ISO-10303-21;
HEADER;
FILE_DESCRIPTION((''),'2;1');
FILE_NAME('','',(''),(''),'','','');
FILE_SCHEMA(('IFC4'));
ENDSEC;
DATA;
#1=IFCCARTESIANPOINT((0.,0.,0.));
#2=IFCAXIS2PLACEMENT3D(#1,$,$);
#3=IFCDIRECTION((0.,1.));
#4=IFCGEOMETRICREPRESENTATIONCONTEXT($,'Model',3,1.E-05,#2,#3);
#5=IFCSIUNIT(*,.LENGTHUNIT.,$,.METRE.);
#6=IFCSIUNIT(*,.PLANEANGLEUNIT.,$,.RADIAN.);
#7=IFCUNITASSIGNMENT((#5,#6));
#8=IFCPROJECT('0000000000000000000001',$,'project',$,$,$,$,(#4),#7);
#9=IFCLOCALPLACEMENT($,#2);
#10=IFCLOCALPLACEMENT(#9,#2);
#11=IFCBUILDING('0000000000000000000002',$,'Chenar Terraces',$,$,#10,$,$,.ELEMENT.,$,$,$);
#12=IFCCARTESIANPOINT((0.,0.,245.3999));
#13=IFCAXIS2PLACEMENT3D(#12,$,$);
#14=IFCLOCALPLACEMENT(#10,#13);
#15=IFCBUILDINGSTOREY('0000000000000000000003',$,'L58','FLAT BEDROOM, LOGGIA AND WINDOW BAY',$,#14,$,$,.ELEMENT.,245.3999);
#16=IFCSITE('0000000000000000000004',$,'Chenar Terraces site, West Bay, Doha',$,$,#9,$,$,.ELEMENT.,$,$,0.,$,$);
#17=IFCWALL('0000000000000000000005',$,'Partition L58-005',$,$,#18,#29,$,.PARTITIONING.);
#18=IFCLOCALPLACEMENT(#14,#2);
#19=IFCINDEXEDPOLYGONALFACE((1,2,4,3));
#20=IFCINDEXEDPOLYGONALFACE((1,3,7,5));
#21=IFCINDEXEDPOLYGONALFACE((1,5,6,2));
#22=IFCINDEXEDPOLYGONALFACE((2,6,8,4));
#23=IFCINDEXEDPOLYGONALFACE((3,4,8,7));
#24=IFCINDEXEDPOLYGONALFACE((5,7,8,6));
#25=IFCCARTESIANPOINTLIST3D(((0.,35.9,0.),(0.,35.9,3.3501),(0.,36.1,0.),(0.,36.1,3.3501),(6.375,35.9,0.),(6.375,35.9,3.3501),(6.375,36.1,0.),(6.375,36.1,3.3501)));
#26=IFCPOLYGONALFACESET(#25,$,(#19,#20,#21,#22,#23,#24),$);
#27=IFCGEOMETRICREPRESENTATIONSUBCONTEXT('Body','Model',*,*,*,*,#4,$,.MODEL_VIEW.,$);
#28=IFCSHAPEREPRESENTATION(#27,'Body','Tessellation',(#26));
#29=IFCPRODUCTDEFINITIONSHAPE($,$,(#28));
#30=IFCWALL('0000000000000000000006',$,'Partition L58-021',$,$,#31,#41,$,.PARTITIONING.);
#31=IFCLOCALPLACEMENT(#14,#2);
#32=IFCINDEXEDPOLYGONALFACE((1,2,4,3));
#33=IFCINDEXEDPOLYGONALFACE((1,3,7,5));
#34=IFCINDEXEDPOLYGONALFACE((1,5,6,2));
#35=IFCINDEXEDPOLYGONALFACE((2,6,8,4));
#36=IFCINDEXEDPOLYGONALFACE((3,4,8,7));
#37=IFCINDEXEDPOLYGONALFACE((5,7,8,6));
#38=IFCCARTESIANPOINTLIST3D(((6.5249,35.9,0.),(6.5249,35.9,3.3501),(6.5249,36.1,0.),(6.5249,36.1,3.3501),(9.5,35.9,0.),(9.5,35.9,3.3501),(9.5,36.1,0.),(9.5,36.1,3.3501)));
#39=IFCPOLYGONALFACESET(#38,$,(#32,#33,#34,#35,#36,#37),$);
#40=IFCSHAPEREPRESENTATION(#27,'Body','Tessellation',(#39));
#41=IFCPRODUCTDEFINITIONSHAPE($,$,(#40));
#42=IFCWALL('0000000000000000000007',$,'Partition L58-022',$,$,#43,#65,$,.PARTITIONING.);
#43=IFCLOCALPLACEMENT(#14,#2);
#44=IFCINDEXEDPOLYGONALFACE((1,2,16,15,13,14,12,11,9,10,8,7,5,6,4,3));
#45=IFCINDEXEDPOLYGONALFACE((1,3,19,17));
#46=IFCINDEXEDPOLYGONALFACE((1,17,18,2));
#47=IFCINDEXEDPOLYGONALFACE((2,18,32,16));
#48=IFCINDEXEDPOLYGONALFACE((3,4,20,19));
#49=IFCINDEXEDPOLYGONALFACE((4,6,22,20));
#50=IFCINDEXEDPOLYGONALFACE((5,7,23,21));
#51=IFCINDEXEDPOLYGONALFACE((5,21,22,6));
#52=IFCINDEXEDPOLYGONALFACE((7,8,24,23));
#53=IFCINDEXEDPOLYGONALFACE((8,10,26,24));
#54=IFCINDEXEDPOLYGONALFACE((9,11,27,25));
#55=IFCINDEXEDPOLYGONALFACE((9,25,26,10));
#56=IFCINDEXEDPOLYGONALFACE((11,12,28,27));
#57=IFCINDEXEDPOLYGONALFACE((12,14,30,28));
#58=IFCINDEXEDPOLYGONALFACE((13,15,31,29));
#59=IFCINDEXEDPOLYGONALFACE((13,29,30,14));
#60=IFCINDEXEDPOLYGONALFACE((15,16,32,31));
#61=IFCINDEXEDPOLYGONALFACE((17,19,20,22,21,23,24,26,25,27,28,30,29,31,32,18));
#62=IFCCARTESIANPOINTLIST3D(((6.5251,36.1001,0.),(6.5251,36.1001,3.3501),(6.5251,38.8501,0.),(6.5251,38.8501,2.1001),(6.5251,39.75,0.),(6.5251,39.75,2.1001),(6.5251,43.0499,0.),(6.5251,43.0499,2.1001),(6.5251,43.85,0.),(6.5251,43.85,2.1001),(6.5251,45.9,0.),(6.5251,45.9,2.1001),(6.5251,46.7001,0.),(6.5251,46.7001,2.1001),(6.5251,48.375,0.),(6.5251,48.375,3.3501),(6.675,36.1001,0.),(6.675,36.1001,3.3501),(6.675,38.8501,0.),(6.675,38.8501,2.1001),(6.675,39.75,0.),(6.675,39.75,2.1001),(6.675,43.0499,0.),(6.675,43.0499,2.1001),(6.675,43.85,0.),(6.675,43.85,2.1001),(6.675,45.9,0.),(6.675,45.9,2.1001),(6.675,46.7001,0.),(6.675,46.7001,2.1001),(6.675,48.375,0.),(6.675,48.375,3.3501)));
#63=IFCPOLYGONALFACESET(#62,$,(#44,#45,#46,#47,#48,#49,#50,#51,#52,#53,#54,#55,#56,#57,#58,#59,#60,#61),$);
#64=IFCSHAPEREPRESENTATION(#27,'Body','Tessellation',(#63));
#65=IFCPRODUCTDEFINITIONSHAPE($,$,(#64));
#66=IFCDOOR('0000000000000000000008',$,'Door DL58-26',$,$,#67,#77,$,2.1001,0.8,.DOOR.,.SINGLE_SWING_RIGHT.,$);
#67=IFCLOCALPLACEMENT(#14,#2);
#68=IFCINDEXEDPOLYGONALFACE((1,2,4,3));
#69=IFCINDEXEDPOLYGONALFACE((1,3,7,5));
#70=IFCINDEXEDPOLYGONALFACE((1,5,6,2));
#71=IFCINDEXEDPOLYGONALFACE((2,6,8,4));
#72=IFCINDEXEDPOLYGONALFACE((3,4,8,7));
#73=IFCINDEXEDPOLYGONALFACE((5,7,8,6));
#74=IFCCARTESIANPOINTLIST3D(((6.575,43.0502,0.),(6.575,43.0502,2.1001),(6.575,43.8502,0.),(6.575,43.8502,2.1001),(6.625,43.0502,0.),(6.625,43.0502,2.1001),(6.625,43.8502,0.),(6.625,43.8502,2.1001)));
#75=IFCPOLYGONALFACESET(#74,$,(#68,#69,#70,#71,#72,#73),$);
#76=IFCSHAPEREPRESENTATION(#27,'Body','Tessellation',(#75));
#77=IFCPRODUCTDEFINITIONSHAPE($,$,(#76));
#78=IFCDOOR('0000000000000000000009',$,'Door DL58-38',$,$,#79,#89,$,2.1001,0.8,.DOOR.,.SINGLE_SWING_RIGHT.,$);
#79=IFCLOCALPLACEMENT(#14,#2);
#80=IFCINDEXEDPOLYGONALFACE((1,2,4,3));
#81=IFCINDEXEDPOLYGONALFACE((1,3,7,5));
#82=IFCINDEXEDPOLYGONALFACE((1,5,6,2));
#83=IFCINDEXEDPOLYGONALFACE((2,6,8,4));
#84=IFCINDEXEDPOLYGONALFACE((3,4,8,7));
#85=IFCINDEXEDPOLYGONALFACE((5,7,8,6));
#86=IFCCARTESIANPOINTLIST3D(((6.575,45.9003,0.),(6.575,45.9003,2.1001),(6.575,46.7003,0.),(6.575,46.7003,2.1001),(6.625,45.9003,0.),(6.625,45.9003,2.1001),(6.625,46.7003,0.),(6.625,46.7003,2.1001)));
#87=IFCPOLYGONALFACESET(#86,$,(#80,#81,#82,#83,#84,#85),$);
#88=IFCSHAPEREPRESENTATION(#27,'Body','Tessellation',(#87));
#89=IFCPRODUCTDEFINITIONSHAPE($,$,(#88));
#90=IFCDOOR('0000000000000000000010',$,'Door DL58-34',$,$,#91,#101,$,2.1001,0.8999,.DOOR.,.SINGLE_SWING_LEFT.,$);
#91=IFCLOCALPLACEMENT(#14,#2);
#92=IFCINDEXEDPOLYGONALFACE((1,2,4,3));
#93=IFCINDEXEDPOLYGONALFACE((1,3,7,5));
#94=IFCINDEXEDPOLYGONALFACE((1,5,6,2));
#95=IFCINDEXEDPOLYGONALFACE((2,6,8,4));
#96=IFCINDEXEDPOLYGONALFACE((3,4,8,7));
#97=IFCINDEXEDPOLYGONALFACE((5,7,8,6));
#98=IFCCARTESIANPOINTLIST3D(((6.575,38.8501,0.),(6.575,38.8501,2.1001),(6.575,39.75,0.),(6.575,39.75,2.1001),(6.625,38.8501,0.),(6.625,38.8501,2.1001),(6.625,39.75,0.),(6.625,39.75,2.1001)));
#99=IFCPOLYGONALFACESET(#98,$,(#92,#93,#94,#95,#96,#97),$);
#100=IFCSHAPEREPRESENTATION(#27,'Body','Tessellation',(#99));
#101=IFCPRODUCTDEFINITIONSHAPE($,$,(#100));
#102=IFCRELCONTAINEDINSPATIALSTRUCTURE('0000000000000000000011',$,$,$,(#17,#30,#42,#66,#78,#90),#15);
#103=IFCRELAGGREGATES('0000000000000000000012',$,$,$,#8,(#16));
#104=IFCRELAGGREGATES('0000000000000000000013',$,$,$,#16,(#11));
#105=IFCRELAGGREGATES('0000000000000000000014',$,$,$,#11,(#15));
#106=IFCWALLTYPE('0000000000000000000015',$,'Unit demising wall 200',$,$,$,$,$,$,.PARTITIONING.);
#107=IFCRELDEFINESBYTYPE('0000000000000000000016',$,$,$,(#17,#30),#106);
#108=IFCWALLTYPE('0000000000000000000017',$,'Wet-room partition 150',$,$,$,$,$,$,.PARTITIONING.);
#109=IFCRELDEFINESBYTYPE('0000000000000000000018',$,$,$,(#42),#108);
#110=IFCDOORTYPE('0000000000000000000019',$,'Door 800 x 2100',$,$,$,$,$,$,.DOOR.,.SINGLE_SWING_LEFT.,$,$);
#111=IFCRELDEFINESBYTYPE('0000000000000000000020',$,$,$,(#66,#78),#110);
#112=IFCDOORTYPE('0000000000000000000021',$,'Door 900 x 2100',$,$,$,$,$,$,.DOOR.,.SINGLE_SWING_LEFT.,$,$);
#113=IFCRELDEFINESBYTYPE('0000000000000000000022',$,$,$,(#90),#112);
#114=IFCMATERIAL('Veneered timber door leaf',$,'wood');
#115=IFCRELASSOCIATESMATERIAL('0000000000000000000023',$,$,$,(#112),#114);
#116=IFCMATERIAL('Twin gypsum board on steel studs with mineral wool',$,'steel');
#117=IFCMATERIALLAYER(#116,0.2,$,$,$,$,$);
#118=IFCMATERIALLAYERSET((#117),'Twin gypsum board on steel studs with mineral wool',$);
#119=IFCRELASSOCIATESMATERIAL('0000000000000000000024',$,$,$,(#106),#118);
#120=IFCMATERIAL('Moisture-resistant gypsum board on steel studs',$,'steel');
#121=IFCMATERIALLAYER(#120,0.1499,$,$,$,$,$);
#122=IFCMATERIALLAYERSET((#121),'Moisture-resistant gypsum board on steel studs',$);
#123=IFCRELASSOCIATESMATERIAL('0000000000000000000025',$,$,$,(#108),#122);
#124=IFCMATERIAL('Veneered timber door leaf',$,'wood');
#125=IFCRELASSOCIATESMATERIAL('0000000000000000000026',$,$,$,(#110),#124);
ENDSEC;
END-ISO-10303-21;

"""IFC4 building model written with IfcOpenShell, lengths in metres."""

from ifc_helpers import new_model, si_unit, direction, frame, frame_2d, origin, place, context, subcontext, project, spatial, rectangle, extrude, material, layer, layer_set, type_object, element, fill, save


model = new_model("IFC4")

# Units and contexts
model_context = context("Model", 3, precision=1e-05, world=origin(), true_north=direction((0.0, 1.0)))
body_context = subcontext(model_context, "Body", "Model", "MODEL_VIEW")
ifc_project = project(units=[si_unit("LENGTHUNIT", "METRE"), si_unit("PLANEANGLEUNIT", "RADIAN")], contexts=[model_context])

# Site, building, storey
site_placement = place(None, origin())
site = spatial("IfcSite", under=ifc_project, at=site_placement, Name="Chenar Terraces site, West Bay, Doha", CompositionType="ELEMENT", RefElevation=0.0)
building_placement = place(site_placement, origin())
building = spatial("IfcBuilding", under=site, at=building_placement, Name="Chenar Terraces", CompositionType="ELEMENT")
storey_placement = place(building_placement, frame((0.0, 0.0, 245.3999)))
storey = spatial("IfcBuildingStorey", under=building, at=storey_placement, Name="L58", Description="FLAT BEDROOM, LOGGIA AND WINDOW BAY", CompositionType="ELEMENT", Elevation=245.3999)

# Shared definitions
placement = place(storey_placement, frame((0.0, 36.0, 0.0), z_axis=(0.0, 0.0, 1.0), x_axis=(1.0, 0.0, 0.0)))

# Shared definitions
ifc_material_1 = material(Name="Veneered timber door leaf", Category="wood")
door_type_1 = type_object("IfcDoorType", Name="Door 900 x 2100", OperationType="SINGLE_SWING_LEFT", PredefinedType="DOOR", material=ifc_material_1)

# Walls
ifc_material_2 = material(Name="Twin gypsum board on steel studs with mineral wool", Category="steel")
ifc_layer_1 = layer(ifc_material_2, 0.2)
ifc_layer_set_1 = layer_set([ifc_layer_1], Name="Twin gypsum board on steel studs with mineral wool")
wall_type_1 = type_object("IfcWallType", Name="Unit demising wall 200", PredefinedType="PARTITIONING", material=ifc_layer_set_1)
element("IfcWall", 1, at=placement, inside=storey, type_object=wall_type_1, Name="Partition L58-005", PredefinedType="PARTITIONING", context=body_context, shape_type="SweptSolid", body=[
    extrude(rectangle(XDim=6.375, YDim=0.2, at=frame_2d((3.1875, 0.0))), origin(), (0.0, 0.0, 1.0), 3.3501),
])
wall_1_placement = place(storey_placement, frame((6.5249, 36.0, 0.0), z_axis=(0.0, 0.0, 1.0), x_axis=(1.0, 0.0, 0.0)))
element("IfcWall", 2, at=wall_1_placement, inside=storey, type_object=wall_type_1, Name="Partition L58-021", PredefinedType="PARTITIONING", context=body_context, shape_type="SweptSolid", body=[
    extrude(rectangle(XDim=2.9751, YDim=0.2, at=frame_2d((1.4875, 0.0))), origin(), (0.0, 0.0, 1.0), 3.3501),
])

# Wall, openings, doors
ifc_material_3 = material(Name="Moisture-resistant gypsum board on steel studs", Category="steel")
ifc_layer_2 = layer(ifc_material_3, 0.1499)
ifc_layer_set_2 = layer_set([ifc_layer_2], Name="Moisture-resistant gypsum board on steel studs")
wall_type_2 = type_object("IfcWallType", Name="Wet-room partition 150", PredefinedType="PARTITIONING", material=ifc_layer_set_2)
wall_2_placement = place(storey_placement, frame((6.6001, 36.1001, 0.0), z_axis=(0.0, 0.0, 1.0), x_axis=(0.0, 1.0, 0.0)))
wall_2 = element("IfcWall", 3, at=wall_2_placement, inside=storey, type_object=wall_type_2, Name="Partition L58-022", PredefinedType="PARTITIONING", context=body_context, shape_type="SweptSolid", body=[
    extrude(rectangle(XDim=12.2749, YDim=0.1499, at=frame_2d((6.1375, 0.0))), origin(), (0.0, 0.0, 1.0), 3.3501),
])
opening_1_placement = place(wall_2_placement, frame((6.95, 0.0, 0.0)))
opening_1 = element("IfcOpeningElement", 4, at=opening_1_placement, cuts=wall_2, PredefinedType="OPENING", context=body_context, shape_type="SweptSolid", body=[
    extrude(rectangle(XDim=0.8, YDim=2.1001, at=frame_2d((0.3999, 1.05))), frame((0.0, 0.085, 0.0), z_axis=(0.0, -1.0, 0.0), x_axis=(1.0, 0.0, 0.0)), (0.0, 0.0, 1.0), 0.1699),
])
opening_2_placement = place(wall_2_placement, frame((2.75, 0.0, 0.0)))
opening_2 = element("IfcOpeningElement", 5, at=opening_2_placement, cuts=wall_2, PredefinedType="OPENING", context=body_context, shape_type="SweptSolid", body=[
    extrude(rectangle(XDim=0.8999, YDim=2.1001, at=frame_2d((0.45, 1.05))), frame((0.0, 0.085, 0.0), z_axis=(0.0, -1.0, 0.0), x_axis=(1.0, 0.0, 0.0)), (0.0, 0.0, 1.0), 0.1699),
])
opening_3_placement = place(wall_2_placement, frame((9.8, 0.0, 0.0)))
opening_3 = element("IfcOpeningElement", 6, at=opening_3_placement, cuts=wall_2, PredefinedType="OPENING", context=body_context, shape_type="SweptSolid", body=[
    extrude(rectangle(XDim=0.8, YDim=2.1001, at=frame_2d((0.3999, 1.05))), frame((0.0, 0.085, 0.0), z_axis=(0.0, -1.0, 0.0), x_axis=(1.0, 0.0, 0.0)), (0.0, 0.0, 1.0), 0.1699),
])
ifc_material_4 = material(Name="Veneered timber door leaf", Category="wood")
door_type_2 = type_object("IfcDoorType", Name="Door 800 x 2100", OperationType="SINGLE_SWING_LEFT", PredefinedType="DOOR", material=ifc_material_4)
door_1_placement = place(opening_1_placement, frame((0.8, 0.0, 0.0), z_axis=(0.0, 0.0, 1.0), x_axis=(-1.0, 0.0, 0.0)))
door_1 = element("IfcDoor", 7, at=door_1_placement, inside=storey, type_object=door_type_2, Name="Door DL58-26", OperationType="SINGLE_SWING_RIGHT", OverallHeight=2.1001, OverallWidth=0.8, PredefinedType="DOOR", context=body_context, shape_type="SweptSolid", body=[
    extrude(rectangle(XDim=0.8, YDim=2.1001, at=frame_2d((0.3999, 1.05))), frame((0.0, 0.0249, 0.0), z_axis=(0.0, -1.0, 0.0), x_axis=(1.0, 0.0, 0.0)), (0.0, 0.0, 1.0), 0.05),
])
fill(opening_1, door_1)
door_2_placement = place(opening_3_placement, frame((0.8, 0.0, 0.0), z_axis=(0.0, 0.0, 1.0), x_axis=(-1.0, 0.0, 0.0)))
door_2 = element("IfcDoor", 8, at=door_2_placement, inside=storey, type_object=door_type_2, Name="Door DL58-38", OperationType="SINGLE_SWING_RIGHT", OverallHeight=2.1001, OverallWidth=0.8, PredefinedType="DOOR", context=body_context, shape_type="SweptSolid", body=[
    extrude(rectangle(XDim=0.8, YDim=2.1001, at=frame_2d((0.3999, 1.05))), frame((0.0, 0.0249, 0.0), z_axis=(0.0, -1.0, 0.0), x_axis=(1.0, 0.0, 0.0)), (0.0, 0.0, 1.0), 0.05),
])
fill(opening_3, door_2)
door_3_placement = place(opening_2_placement, frame((0.8999, 0.0, 0.0), z_axis=(0.0, 0.0, 1.0), x_axis=(-1.0, 0.0, 0.0)))
door_3 = element("IfcDoor", 9, at=door_3_placement, inside=storey, type_object=door_type_1, Name="Door DL58-34", OperationType="SINGLE_SWING_LEFT", OverallHeight=2.1001, OverallWidth=0.8999, PredefinedType="DOOR", context=body_context, shape_type="SweptSolid", body=[
    extrude(rectangle(XDim=0.8999, YDim=2.1001, at=frame_2d((0.45, 1.05))), frame((0.0, 0.0249, 0.0), z_axis=(0.0, -1.0, 0.0), x_axis=(1.0, 0.0, 0.0)), (0.0, 0.0, 1.0), 0.05),
])
fill(opening_2, door_3)

save(model, "model.ifc")
